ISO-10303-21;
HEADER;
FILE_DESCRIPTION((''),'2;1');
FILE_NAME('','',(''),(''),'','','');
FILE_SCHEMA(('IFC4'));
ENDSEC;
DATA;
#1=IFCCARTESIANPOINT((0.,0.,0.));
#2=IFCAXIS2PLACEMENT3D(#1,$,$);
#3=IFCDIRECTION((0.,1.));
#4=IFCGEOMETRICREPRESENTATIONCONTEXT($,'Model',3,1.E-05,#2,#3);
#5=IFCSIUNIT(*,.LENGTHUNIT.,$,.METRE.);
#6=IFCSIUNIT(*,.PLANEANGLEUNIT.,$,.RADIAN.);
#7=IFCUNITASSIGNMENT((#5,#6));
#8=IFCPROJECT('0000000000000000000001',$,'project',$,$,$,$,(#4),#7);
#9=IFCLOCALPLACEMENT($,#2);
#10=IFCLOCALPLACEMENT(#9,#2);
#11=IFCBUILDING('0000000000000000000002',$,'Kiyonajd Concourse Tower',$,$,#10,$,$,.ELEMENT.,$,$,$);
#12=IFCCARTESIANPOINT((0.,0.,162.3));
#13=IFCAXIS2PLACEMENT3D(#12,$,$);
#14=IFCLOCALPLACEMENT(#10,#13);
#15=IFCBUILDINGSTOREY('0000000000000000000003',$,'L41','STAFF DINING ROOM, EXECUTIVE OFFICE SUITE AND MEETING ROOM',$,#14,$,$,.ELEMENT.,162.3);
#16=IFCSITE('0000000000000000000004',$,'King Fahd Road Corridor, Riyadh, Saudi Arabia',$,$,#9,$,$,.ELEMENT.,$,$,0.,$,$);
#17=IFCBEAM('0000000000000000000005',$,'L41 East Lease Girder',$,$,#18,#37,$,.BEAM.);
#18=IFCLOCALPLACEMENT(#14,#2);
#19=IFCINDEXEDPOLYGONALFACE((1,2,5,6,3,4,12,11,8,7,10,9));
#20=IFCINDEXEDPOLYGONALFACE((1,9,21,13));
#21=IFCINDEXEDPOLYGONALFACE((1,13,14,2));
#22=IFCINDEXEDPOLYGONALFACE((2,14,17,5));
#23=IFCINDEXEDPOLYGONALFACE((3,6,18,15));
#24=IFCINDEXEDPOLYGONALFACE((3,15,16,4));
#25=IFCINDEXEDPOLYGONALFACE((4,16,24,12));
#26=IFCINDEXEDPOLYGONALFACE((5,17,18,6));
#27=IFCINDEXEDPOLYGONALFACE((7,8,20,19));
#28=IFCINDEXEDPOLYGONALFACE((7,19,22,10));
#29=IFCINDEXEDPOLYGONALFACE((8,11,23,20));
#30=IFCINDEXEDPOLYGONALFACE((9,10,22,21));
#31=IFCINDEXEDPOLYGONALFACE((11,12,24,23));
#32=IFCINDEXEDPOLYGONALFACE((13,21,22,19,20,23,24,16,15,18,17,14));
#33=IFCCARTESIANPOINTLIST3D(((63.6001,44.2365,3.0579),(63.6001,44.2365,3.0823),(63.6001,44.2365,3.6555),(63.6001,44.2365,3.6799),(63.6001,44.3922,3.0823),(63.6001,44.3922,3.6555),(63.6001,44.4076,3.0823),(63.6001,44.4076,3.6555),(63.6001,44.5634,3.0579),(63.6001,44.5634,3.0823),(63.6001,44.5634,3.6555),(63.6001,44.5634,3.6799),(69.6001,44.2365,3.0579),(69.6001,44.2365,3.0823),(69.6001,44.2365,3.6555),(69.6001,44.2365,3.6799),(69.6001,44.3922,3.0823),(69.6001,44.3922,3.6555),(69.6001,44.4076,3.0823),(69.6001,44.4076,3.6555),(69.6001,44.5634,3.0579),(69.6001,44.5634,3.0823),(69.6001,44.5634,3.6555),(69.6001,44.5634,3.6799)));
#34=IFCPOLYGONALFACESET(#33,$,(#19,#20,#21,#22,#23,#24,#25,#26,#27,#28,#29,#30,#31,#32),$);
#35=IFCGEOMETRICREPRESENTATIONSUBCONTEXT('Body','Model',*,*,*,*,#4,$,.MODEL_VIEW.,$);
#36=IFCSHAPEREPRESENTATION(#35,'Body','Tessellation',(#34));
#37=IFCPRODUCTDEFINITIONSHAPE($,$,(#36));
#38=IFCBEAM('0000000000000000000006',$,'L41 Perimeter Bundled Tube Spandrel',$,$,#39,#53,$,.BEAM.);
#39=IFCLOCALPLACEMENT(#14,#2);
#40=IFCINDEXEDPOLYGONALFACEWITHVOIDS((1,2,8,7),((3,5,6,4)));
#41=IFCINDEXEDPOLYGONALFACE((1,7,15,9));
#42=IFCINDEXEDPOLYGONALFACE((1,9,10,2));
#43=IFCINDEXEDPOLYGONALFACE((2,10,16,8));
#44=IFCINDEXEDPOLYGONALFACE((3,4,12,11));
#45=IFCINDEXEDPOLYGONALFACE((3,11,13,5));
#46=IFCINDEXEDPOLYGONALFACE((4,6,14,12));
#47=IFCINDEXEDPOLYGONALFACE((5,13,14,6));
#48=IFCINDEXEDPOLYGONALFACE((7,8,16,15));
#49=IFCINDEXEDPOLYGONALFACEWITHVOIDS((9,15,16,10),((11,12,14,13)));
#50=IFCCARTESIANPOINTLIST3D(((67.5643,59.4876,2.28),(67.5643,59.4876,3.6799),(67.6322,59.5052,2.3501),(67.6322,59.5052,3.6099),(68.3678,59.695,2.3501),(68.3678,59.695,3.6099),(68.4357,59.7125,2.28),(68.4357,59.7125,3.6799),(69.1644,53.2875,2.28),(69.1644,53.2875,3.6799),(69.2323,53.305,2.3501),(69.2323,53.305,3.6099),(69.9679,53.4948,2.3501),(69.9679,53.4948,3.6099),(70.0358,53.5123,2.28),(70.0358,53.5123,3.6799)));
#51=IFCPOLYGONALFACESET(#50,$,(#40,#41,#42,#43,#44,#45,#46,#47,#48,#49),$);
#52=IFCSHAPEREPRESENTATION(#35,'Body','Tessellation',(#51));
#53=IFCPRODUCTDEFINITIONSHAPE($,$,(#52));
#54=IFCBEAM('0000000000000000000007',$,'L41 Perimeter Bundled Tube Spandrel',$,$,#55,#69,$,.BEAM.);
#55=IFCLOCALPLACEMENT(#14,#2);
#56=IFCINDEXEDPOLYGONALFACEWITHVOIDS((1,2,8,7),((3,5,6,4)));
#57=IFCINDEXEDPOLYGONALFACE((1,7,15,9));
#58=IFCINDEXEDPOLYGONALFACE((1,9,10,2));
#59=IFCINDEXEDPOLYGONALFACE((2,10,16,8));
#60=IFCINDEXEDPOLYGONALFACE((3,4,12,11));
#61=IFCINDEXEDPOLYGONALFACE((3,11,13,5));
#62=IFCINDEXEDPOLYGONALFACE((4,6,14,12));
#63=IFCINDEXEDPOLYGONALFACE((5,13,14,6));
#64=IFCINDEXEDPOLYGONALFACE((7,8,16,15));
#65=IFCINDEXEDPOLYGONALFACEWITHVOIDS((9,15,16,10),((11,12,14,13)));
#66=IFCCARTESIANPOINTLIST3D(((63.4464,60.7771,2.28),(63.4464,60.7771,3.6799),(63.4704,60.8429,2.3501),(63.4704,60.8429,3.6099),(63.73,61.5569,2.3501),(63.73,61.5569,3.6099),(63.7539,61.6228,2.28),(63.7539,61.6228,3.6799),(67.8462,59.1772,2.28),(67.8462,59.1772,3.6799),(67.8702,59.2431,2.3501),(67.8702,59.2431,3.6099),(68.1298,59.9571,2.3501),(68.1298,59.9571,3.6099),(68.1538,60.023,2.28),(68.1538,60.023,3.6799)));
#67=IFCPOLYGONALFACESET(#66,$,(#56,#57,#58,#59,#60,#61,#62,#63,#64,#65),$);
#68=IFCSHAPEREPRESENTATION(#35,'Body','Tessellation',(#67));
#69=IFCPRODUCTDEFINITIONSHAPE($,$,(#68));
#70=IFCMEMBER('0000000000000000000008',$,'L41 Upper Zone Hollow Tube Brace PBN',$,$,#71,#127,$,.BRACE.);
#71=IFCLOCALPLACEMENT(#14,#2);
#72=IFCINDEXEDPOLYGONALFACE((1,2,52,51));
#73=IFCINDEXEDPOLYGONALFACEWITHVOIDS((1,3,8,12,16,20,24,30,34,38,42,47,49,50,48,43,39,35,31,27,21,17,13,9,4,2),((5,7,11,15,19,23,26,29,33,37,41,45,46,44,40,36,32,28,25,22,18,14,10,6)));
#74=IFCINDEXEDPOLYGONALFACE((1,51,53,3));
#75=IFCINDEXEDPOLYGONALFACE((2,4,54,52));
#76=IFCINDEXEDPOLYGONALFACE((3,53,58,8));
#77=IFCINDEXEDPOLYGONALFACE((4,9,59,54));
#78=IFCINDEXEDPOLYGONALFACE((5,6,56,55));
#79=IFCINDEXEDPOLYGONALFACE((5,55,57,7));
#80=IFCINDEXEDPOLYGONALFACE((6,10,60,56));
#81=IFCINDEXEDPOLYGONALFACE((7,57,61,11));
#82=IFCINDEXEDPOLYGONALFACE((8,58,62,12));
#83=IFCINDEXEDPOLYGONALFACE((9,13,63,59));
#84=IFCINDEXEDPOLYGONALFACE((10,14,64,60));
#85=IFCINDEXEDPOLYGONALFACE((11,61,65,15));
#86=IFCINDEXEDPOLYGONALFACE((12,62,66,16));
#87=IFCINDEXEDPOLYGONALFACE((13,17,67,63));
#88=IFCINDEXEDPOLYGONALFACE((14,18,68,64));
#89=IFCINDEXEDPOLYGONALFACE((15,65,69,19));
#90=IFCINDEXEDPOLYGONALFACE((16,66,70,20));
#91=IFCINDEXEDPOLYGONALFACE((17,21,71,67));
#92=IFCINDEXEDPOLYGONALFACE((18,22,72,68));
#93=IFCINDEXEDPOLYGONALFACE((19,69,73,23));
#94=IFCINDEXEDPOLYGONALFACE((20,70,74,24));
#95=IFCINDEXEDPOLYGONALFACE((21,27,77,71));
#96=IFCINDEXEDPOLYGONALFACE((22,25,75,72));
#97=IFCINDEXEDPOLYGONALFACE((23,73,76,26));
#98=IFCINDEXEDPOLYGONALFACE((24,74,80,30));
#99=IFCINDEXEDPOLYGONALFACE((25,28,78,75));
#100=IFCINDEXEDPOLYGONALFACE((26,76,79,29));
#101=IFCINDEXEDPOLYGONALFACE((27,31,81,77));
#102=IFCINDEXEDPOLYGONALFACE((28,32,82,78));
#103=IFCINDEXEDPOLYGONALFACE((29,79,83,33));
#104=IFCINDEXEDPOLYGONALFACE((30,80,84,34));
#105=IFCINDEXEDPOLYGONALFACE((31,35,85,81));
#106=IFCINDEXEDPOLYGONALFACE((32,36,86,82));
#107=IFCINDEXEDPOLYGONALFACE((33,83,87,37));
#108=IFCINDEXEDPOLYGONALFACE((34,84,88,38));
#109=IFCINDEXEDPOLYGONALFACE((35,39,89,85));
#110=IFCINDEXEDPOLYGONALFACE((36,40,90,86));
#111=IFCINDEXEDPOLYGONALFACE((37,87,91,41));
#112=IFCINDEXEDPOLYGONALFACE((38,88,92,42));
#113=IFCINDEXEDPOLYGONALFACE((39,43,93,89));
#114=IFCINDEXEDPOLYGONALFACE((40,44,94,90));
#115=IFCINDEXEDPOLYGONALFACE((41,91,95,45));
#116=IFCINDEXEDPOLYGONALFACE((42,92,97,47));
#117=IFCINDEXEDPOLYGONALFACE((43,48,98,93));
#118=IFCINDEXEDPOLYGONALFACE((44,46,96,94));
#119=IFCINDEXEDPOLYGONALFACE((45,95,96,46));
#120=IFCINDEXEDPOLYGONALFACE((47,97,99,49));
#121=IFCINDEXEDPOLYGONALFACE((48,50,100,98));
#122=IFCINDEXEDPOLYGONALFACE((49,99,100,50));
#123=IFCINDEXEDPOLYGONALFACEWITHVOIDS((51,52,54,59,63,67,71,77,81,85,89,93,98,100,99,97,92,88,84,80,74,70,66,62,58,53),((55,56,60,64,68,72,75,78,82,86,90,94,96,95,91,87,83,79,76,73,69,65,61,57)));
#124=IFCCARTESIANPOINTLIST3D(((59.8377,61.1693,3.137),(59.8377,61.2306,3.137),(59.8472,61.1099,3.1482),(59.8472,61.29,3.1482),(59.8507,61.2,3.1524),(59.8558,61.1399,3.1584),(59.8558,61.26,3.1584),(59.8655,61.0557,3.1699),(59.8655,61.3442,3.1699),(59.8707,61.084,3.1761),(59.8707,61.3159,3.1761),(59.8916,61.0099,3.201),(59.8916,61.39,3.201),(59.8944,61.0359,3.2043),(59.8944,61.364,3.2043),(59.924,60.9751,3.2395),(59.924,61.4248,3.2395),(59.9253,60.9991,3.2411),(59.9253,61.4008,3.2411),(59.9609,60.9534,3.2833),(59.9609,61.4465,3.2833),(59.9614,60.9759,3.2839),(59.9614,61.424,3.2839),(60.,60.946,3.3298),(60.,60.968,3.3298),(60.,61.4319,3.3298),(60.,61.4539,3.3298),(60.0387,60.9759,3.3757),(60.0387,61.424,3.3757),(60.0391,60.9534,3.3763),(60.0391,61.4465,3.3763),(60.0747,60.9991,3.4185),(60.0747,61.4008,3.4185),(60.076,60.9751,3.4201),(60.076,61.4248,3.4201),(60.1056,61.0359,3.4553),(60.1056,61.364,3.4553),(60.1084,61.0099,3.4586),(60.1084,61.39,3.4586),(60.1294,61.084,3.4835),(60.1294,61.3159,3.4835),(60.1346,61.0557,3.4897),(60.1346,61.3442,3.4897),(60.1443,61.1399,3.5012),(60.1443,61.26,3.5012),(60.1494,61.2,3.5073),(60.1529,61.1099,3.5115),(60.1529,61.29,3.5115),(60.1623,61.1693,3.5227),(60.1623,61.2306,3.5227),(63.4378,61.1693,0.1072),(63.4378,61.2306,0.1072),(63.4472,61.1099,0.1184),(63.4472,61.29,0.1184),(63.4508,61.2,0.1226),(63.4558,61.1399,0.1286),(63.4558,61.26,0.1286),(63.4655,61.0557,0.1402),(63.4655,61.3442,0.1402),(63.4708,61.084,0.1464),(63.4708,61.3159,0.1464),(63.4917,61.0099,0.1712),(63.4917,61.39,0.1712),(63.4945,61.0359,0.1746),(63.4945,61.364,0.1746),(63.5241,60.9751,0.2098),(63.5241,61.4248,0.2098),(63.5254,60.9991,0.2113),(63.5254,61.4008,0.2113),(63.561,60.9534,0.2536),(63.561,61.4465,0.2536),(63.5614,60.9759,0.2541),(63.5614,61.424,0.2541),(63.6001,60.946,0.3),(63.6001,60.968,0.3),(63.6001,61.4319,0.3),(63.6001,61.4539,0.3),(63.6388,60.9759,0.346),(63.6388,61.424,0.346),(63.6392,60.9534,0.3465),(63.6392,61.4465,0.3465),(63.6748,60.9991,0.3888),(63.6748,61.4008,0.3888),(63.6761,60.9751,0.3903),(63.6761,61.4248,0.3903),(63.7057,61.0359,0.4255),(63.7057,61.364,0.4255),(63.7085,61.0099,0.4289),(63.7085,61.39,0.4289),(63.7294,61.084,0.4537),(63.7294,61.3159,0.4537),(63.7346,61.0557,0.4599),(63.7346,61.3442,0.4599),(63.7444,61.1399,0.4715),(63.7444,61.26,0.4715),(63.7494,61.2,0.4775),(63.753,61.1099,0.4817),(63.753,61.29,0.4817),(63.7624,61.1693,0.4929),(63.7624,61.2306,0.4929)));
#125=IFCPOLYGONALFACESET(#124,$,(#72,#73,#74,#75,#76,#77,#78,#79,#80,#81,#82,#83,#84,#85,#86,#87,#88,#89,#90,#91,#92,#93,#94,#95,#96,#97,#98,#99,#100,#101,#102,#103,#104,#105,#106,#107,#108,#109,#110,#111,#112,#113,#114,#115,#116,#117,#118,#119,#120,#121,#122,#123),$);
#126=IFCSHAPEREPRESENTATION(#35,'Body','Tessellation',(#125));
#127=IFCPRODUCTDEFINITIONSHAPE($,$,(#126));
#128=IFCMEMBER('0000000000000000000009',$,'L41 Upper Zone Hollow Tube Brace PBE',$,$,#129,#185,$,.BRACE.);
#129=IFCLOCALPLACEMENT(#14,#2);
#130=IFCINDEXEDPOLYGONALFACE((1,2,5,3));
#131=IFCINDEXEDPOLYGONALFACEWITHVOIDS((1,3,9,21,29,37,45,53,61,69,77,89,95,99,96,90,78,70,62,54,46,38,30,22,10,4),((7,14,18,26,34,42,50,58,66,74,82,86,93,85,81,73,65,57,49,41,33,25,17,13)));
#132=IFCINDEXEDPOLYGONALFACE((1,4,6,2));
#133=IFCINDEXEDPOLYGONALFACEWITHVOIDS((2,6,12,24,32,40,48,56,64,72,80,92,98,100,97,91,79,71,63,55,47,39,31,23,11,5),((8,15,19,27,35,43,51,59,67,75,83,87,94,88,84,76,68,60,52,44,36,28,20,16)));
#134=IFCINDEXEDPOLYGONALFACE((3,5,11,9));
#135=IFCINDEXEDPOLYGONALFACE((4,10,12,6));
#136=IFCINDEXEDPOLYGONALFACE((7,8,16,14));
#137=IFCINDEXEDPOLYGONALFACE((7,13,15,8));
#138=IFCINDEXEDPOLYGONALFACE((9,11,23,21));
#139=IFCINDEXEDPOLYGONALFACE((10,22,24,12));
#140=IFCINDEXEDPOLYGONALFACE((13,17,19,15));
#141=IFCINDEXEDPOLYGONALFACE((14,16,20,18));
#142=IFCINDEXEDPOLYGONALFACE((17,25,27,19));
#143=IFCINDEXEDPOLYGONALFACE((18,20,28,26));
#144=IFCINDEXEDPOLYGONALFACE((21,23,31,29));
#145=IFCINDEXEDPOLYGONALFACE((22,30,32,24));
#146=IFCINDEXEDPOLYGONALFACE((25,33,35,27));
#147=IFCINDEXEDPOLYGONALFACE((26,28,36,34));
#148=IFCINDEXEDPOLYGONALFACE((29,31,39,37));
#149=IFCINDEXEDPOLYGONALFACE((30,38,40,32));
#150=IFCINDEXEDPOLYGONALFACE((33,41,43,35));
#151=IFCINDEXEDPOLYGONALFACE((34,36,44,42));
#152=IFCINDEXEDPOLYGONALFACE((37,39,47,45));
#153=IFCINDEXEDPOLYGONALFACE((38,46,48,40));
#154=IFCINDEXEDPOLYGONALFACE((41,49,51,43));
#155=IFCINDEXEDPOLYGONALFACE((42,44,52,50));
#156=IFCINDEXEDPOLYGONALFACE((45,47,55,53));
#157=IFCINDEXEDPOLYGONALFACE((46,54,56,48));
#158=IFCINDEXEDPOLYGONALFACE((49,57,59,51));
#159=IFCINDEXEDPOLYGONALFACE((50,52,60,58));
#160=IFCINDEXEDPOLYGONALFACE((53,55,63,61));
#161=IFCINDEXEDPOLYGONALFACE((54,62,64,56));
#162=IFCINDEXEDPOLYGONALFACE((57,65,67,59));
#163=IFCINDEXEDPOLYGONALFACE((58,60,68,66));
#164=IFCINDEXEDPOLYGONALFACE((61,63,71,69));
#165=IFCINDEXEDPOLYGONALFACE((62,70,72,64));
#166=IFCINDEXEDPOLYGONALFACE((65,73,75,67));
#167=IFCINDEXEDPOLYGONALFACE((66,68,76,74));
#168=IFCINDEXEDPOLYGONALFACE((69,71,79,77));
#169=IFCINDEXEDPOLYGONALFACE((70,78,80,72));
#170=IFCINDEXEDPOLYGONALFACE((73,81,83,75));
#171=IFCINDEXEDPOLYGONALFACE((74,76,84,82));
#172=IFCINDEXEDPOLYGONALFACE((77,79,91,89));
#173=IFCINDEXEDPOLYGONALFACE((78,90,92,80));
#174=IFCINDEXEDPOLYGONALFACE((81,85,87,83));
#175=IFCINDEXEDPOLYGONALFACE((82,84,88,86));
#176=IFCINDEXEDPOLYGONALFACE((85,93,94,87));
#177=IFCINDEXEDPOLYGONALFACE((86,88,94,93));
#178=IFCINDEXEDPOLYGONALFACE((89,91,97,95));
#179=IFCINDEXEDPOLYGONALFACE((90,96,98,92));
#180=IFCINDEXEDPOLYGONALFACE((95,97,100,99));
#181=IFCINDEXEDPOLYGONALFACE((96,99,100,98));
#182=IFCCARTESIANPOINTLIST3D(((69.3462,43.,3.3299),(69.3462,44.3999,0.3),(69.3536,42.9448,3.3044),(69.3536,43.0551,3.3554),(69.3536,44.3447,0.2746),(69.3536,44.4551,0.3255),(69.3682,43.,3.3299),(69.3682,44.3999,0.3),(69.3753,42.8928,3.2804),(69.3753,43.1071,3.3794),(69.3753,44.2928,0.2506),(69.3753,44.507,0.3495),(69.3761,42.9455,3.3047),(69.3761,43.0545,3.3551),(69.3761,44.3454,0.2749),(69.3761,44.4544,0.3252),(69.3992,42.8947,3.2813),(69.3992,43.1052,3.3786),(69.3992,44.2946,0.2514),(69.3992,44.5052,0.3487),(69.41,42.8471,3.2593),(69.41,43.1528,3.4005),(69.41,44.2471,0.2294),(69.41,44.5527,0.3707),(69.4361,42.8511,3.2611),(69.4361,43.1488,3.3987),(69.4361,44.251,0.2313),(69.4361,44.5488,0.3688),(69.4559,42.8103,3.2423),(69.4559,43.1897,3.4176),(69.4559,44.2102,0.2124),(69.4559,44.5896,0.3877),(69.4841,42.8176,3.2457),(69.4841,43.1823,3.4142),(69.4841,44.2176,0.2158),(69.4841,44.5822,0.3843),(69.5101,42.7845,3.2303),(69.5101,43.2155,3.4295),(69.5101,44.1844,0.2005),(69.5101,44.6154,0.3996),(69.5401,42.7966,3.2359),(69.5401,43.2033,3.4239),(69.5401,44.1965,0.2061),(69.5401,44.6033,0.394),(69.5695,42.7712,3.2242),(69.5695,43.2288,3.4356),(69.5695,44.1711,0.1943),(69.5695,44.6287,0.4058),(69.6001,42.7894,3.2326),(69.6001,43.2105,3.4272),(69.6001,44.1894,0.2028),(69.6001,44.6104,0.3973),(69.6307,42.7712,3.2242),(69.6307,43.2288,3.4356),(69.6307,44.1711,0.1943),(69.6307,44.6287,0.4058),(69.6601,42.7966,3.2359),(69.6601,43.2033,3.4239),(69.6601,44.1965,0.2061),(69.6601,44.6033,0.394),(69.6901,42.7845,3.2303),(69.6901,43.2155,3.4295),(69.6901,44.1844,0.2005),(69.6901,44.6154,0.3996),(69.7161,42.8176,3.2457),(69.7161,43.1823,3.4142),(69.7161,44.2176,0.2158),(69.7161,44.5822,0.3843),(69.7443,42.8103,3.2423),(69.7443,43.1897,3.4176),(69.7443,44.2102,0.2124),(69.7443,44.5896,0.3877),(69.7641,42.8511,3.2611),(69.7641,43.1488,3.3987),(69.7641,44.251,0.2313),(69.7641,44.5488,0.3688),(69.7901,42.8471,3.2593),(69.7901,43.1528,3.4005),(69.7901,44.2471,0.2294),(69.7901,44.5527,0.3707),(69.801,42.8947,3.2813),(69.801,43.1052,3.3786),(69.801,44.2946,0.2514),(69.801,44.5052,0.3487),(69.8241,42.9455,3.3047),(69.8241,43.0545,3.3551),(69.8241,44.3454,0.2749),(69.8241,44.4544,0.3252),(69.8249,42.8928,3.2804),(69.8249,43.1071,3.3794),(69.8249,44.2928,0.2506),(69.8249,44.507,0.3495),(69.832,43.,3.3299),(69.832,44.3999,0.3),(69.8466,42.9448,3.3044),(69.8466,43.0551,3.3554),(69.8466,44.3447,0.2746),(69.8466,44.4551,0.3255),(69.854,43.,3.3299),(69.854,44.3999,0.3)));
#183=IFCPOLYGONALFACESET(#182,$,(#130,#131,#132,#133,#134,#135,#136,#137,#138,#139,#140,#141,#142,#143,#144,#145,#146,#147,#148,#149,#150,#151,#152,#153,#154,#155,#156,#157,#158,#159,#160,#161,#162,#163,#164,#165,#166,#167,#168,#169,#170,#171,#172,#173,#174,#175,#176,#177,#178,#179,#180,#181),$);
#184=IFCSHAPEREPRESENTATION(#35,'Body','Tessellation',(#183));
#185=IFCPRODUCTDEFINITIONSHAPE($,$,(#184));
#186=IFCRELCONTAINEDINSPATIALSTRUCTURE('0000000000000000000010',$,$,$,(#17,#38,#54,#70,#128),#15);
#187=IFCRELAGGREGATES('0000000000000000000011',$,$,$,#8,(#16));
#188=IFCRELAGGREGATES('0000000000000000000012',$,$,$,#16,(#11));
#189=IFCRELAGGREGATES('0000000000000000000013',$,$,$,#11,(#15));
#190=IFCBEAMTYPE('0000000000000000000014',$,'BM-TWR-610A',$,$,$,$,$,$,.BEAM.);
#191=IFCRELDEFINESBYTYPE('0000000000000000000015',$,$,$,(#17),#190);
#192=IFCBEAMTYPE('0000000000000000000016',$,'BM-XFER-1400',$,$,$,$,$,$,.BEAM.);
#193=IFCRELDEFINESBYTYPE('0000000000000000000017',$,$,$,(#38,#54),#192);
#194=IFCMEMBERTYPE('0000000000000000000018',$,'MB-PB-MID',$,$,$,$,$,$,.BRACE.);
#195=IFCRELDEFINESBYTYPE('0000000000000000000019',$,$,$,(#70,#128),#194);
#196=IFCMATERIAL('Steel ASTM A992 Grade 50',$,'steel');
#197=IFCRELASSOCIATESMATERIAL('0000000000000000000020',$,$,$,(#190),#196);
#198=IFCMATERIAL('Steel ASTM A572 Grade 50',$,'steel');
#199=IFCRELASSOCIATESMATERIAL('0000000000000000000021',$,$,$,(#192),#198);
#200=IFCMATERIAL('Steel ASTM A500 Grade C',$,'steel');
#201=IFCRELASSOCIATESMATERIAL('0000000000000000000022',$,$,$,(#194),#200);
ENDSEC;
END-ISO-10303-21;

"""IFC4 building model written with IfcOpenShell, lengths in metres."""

from ifc_helpers import new_model, si_unit, direction, frame, origin, origin_2d, place, context, subcontext, project, spatial, hollow_rectangle, hollow_circle, i_section, extrude, material, material_profile, profile_set, type_object, element, save


model = new_model("IFC4")

# Units and contexts
model_context = context("Model", 3, precision=1e-05, world=origin(), true_north=direction((0.0, 1.0)))
body_context = subcontext(model_context, "Body", "Model", "MODEL_VIEW")
ifc_project = project(units=[si_unit("LENGTHUNIT", "METRE"), si_unit("PLANEANGLEUNIT", "RADIAN")], contexts=[model_context])

# Site, building, storey
site_placement = place(None, origin())
site = spatial("IfcSite", under=ifc_project, at=site_placement, Name="King Fahd Road Corridor, Riyadh, Saudi Arabia", CompositionType="ELEMENT", RefElevation=0.0)
building_placement = place(site_placement, origin())
building = spatial("IfcBuilding", under=site, at=building_placement, Name="Kiyonajd Concourse Tower", CompositionType="ELEMENT")
storey_placement = place(building_placement, frame((0.0, 0.0, 162.3)))
storey = spatial("IfcBuildingStorey", under=building, at=storey_placement, Name="L41", Description="STAFF DINING ROOM, EXECUTIVE OFFICE SUITE AND MEETING ROOM", CompositionType="ELEMENT", Elevation=162.3)

# Beams
ifc_material_1 = material(Name="Steel ASTM A992 Grade 50", Category="steel")
ifc_material_profile_1 = material_profile(ifc_material_1, i_section(OverallWidth=0.3269, OverallDepth=0.6221, WebThickness=0.0154, FlangeThickness=0.0244, at=origin_2d()), Name="W610X195")
ifc_profile_set_1 = profile_set([ifc_material_profile_1], Name="Steel ASTM A992 Grade 50")
beam_type_1 = type_object("IfcBeamType", Name="BM-TWR-610A", PredefinedType="BEAM", material=ifc_profile_set_1)
beam_1_placement = place(storey_placement, frame((63.6001, 44.3999, 3.3689), z_axis=(1.0, 0.0, 0.0), x_axis=(0.0, 1.0, 0.0)))
element("IfcBeam", 1, at=beam_1_placement, inside=storey, type_object=beam_type_1, Name="L41 East Lease Girder", PredefinedType="BEAM", context=body_context, shape_type="SweptSolid", body=[
    extrude(i_section(OverallWidth=0.3269, OverallDepth=0.6221, WebThickness=0.0154, FlangeThickness=0.0244, at=origin_2d()), origin(), (0.0, 0.0, 1.0), 6.0),
])
ifc_material_2 = material(Name="Steel ASTM A572 Grade 50", Category="steel")
ifc_material_profile_2 = material_profile(ifc_material_2, hollow_rectangle(XDim=0.8999, YDim=1.3999, WallThickness=0.0701, at=origin_2d()), Name="BOX-1400x900x70")
ifc_profile_set_2 = profile_set([ifc_material_profile_2], Name="Steel ASTM A572 Grade 50")
beam_type_2 = type_object("IfcBeamType", Name="BM-XFER-1400", PredefinedType="BEAM", material=ifc_profile_set_2)
beam_2_placement = place(storey_placement, frame((69.6001, 53.3999, 2.98), z_axis=(-0.249885, 0.968276, 0.0), x_axis=(-0.968276, -0.249885, 0.0)))
element("IfcBeam", 2, at=beam_2_placement, inside=storey, type_object=beam_type_2, Name="L41 Perimeter Bundled Tube Spandrel", PredefinedType="BEAM", context=body_context, shape_type="SweptSolid", body=[
    extrude(hollow_rectangle(XDim=0.8999, YDim=1.3999, WallThickness=0.0701, at=origin_2d()), origin(), (0.0, 0.0, 1.0), 6.4033),
])
beam_3_placement = place(storey_placement, frame((68.0, 59.6001, 2.98), z_axis=(-0.939801, 0.341722, 0.0), x_axis=(-0.341722, -0.939801, 0.0)))
element("IfcBeam", 3, at=beam_3_placement, inside=storey, type_object=beam_type_2, Name="L41 Perimeter Bundled Tube Spandrel", PredefinedType="BEAM", context=body_context, shape_type="SweptSolid", body=[
    extrude(hollow_rectangle(XDim=0.8999, YDim=1.3999, WallThickness=0.0701, at=origin_2d()), origin(), (0.0, 0.0, 1.0), 4.6816),
])

# Members
ifc_material_3 = material(Name="Steel ASTM A500 Grade C", Category="steel")
ifc_material_profile_3 = material_profile(ifc_material_3, hollow_circle(Radius=0.2539, WallThickness=0.022, at=origin_2d()), Name="CHS-508x22")
ifc_profile_set_3 = profile_set([ifc_material_profile_3], Name="Steel ASTM A500 Grade C")
member_type = type_object("IfcMemberType", Name="MB-PB-MID", PredefinedType="BRACE", material=ifc_profile_set_3)
member_1_placement = place(storey_placement, frame((63.6001, 61.2, 0.3), z_axis=(-0.765108, 0.0, 0.643902), x_axis=(0.0, -1.0, 0.0)))
element("IfcMember", 4, at=member_1_placement, inside=storey, type_object=member_type, Name="L41 Upper Zone Hollow Tube Brace PBN", PredefinedType="BRACE", context=body_context, shape_type="SweptSolid", body=[
    extrude(hollow_circle(Radius=0.2539, WallThickness=0.022, at=origin_2d()), origin(), (0.0, 0.0, 1.0), 4.7053),
])
member_2_placement = place(storey_placement, frame((69.6001, 44.3999, 0.3), z_axis=(0.0, -0.419439, 0.907784), x_axis=(1.0, 0.0, 0.0)))
element("IfcMember", 5, at=member_2_placement, inside=storey, type_object=member_type, Name="L41 Upper Zone Hollow Tube Brace PBE", PredefinedType="BRACE", context=body_context, shape_type="SweptSolid", body=[
    extrude(hollow_circle(Radius=0.2539, WallThickness=0.022, at=origin_2d()), origin(), (0.0, 0.0, 1.0), 3.3376),
])

save(model, "model.ifc")
